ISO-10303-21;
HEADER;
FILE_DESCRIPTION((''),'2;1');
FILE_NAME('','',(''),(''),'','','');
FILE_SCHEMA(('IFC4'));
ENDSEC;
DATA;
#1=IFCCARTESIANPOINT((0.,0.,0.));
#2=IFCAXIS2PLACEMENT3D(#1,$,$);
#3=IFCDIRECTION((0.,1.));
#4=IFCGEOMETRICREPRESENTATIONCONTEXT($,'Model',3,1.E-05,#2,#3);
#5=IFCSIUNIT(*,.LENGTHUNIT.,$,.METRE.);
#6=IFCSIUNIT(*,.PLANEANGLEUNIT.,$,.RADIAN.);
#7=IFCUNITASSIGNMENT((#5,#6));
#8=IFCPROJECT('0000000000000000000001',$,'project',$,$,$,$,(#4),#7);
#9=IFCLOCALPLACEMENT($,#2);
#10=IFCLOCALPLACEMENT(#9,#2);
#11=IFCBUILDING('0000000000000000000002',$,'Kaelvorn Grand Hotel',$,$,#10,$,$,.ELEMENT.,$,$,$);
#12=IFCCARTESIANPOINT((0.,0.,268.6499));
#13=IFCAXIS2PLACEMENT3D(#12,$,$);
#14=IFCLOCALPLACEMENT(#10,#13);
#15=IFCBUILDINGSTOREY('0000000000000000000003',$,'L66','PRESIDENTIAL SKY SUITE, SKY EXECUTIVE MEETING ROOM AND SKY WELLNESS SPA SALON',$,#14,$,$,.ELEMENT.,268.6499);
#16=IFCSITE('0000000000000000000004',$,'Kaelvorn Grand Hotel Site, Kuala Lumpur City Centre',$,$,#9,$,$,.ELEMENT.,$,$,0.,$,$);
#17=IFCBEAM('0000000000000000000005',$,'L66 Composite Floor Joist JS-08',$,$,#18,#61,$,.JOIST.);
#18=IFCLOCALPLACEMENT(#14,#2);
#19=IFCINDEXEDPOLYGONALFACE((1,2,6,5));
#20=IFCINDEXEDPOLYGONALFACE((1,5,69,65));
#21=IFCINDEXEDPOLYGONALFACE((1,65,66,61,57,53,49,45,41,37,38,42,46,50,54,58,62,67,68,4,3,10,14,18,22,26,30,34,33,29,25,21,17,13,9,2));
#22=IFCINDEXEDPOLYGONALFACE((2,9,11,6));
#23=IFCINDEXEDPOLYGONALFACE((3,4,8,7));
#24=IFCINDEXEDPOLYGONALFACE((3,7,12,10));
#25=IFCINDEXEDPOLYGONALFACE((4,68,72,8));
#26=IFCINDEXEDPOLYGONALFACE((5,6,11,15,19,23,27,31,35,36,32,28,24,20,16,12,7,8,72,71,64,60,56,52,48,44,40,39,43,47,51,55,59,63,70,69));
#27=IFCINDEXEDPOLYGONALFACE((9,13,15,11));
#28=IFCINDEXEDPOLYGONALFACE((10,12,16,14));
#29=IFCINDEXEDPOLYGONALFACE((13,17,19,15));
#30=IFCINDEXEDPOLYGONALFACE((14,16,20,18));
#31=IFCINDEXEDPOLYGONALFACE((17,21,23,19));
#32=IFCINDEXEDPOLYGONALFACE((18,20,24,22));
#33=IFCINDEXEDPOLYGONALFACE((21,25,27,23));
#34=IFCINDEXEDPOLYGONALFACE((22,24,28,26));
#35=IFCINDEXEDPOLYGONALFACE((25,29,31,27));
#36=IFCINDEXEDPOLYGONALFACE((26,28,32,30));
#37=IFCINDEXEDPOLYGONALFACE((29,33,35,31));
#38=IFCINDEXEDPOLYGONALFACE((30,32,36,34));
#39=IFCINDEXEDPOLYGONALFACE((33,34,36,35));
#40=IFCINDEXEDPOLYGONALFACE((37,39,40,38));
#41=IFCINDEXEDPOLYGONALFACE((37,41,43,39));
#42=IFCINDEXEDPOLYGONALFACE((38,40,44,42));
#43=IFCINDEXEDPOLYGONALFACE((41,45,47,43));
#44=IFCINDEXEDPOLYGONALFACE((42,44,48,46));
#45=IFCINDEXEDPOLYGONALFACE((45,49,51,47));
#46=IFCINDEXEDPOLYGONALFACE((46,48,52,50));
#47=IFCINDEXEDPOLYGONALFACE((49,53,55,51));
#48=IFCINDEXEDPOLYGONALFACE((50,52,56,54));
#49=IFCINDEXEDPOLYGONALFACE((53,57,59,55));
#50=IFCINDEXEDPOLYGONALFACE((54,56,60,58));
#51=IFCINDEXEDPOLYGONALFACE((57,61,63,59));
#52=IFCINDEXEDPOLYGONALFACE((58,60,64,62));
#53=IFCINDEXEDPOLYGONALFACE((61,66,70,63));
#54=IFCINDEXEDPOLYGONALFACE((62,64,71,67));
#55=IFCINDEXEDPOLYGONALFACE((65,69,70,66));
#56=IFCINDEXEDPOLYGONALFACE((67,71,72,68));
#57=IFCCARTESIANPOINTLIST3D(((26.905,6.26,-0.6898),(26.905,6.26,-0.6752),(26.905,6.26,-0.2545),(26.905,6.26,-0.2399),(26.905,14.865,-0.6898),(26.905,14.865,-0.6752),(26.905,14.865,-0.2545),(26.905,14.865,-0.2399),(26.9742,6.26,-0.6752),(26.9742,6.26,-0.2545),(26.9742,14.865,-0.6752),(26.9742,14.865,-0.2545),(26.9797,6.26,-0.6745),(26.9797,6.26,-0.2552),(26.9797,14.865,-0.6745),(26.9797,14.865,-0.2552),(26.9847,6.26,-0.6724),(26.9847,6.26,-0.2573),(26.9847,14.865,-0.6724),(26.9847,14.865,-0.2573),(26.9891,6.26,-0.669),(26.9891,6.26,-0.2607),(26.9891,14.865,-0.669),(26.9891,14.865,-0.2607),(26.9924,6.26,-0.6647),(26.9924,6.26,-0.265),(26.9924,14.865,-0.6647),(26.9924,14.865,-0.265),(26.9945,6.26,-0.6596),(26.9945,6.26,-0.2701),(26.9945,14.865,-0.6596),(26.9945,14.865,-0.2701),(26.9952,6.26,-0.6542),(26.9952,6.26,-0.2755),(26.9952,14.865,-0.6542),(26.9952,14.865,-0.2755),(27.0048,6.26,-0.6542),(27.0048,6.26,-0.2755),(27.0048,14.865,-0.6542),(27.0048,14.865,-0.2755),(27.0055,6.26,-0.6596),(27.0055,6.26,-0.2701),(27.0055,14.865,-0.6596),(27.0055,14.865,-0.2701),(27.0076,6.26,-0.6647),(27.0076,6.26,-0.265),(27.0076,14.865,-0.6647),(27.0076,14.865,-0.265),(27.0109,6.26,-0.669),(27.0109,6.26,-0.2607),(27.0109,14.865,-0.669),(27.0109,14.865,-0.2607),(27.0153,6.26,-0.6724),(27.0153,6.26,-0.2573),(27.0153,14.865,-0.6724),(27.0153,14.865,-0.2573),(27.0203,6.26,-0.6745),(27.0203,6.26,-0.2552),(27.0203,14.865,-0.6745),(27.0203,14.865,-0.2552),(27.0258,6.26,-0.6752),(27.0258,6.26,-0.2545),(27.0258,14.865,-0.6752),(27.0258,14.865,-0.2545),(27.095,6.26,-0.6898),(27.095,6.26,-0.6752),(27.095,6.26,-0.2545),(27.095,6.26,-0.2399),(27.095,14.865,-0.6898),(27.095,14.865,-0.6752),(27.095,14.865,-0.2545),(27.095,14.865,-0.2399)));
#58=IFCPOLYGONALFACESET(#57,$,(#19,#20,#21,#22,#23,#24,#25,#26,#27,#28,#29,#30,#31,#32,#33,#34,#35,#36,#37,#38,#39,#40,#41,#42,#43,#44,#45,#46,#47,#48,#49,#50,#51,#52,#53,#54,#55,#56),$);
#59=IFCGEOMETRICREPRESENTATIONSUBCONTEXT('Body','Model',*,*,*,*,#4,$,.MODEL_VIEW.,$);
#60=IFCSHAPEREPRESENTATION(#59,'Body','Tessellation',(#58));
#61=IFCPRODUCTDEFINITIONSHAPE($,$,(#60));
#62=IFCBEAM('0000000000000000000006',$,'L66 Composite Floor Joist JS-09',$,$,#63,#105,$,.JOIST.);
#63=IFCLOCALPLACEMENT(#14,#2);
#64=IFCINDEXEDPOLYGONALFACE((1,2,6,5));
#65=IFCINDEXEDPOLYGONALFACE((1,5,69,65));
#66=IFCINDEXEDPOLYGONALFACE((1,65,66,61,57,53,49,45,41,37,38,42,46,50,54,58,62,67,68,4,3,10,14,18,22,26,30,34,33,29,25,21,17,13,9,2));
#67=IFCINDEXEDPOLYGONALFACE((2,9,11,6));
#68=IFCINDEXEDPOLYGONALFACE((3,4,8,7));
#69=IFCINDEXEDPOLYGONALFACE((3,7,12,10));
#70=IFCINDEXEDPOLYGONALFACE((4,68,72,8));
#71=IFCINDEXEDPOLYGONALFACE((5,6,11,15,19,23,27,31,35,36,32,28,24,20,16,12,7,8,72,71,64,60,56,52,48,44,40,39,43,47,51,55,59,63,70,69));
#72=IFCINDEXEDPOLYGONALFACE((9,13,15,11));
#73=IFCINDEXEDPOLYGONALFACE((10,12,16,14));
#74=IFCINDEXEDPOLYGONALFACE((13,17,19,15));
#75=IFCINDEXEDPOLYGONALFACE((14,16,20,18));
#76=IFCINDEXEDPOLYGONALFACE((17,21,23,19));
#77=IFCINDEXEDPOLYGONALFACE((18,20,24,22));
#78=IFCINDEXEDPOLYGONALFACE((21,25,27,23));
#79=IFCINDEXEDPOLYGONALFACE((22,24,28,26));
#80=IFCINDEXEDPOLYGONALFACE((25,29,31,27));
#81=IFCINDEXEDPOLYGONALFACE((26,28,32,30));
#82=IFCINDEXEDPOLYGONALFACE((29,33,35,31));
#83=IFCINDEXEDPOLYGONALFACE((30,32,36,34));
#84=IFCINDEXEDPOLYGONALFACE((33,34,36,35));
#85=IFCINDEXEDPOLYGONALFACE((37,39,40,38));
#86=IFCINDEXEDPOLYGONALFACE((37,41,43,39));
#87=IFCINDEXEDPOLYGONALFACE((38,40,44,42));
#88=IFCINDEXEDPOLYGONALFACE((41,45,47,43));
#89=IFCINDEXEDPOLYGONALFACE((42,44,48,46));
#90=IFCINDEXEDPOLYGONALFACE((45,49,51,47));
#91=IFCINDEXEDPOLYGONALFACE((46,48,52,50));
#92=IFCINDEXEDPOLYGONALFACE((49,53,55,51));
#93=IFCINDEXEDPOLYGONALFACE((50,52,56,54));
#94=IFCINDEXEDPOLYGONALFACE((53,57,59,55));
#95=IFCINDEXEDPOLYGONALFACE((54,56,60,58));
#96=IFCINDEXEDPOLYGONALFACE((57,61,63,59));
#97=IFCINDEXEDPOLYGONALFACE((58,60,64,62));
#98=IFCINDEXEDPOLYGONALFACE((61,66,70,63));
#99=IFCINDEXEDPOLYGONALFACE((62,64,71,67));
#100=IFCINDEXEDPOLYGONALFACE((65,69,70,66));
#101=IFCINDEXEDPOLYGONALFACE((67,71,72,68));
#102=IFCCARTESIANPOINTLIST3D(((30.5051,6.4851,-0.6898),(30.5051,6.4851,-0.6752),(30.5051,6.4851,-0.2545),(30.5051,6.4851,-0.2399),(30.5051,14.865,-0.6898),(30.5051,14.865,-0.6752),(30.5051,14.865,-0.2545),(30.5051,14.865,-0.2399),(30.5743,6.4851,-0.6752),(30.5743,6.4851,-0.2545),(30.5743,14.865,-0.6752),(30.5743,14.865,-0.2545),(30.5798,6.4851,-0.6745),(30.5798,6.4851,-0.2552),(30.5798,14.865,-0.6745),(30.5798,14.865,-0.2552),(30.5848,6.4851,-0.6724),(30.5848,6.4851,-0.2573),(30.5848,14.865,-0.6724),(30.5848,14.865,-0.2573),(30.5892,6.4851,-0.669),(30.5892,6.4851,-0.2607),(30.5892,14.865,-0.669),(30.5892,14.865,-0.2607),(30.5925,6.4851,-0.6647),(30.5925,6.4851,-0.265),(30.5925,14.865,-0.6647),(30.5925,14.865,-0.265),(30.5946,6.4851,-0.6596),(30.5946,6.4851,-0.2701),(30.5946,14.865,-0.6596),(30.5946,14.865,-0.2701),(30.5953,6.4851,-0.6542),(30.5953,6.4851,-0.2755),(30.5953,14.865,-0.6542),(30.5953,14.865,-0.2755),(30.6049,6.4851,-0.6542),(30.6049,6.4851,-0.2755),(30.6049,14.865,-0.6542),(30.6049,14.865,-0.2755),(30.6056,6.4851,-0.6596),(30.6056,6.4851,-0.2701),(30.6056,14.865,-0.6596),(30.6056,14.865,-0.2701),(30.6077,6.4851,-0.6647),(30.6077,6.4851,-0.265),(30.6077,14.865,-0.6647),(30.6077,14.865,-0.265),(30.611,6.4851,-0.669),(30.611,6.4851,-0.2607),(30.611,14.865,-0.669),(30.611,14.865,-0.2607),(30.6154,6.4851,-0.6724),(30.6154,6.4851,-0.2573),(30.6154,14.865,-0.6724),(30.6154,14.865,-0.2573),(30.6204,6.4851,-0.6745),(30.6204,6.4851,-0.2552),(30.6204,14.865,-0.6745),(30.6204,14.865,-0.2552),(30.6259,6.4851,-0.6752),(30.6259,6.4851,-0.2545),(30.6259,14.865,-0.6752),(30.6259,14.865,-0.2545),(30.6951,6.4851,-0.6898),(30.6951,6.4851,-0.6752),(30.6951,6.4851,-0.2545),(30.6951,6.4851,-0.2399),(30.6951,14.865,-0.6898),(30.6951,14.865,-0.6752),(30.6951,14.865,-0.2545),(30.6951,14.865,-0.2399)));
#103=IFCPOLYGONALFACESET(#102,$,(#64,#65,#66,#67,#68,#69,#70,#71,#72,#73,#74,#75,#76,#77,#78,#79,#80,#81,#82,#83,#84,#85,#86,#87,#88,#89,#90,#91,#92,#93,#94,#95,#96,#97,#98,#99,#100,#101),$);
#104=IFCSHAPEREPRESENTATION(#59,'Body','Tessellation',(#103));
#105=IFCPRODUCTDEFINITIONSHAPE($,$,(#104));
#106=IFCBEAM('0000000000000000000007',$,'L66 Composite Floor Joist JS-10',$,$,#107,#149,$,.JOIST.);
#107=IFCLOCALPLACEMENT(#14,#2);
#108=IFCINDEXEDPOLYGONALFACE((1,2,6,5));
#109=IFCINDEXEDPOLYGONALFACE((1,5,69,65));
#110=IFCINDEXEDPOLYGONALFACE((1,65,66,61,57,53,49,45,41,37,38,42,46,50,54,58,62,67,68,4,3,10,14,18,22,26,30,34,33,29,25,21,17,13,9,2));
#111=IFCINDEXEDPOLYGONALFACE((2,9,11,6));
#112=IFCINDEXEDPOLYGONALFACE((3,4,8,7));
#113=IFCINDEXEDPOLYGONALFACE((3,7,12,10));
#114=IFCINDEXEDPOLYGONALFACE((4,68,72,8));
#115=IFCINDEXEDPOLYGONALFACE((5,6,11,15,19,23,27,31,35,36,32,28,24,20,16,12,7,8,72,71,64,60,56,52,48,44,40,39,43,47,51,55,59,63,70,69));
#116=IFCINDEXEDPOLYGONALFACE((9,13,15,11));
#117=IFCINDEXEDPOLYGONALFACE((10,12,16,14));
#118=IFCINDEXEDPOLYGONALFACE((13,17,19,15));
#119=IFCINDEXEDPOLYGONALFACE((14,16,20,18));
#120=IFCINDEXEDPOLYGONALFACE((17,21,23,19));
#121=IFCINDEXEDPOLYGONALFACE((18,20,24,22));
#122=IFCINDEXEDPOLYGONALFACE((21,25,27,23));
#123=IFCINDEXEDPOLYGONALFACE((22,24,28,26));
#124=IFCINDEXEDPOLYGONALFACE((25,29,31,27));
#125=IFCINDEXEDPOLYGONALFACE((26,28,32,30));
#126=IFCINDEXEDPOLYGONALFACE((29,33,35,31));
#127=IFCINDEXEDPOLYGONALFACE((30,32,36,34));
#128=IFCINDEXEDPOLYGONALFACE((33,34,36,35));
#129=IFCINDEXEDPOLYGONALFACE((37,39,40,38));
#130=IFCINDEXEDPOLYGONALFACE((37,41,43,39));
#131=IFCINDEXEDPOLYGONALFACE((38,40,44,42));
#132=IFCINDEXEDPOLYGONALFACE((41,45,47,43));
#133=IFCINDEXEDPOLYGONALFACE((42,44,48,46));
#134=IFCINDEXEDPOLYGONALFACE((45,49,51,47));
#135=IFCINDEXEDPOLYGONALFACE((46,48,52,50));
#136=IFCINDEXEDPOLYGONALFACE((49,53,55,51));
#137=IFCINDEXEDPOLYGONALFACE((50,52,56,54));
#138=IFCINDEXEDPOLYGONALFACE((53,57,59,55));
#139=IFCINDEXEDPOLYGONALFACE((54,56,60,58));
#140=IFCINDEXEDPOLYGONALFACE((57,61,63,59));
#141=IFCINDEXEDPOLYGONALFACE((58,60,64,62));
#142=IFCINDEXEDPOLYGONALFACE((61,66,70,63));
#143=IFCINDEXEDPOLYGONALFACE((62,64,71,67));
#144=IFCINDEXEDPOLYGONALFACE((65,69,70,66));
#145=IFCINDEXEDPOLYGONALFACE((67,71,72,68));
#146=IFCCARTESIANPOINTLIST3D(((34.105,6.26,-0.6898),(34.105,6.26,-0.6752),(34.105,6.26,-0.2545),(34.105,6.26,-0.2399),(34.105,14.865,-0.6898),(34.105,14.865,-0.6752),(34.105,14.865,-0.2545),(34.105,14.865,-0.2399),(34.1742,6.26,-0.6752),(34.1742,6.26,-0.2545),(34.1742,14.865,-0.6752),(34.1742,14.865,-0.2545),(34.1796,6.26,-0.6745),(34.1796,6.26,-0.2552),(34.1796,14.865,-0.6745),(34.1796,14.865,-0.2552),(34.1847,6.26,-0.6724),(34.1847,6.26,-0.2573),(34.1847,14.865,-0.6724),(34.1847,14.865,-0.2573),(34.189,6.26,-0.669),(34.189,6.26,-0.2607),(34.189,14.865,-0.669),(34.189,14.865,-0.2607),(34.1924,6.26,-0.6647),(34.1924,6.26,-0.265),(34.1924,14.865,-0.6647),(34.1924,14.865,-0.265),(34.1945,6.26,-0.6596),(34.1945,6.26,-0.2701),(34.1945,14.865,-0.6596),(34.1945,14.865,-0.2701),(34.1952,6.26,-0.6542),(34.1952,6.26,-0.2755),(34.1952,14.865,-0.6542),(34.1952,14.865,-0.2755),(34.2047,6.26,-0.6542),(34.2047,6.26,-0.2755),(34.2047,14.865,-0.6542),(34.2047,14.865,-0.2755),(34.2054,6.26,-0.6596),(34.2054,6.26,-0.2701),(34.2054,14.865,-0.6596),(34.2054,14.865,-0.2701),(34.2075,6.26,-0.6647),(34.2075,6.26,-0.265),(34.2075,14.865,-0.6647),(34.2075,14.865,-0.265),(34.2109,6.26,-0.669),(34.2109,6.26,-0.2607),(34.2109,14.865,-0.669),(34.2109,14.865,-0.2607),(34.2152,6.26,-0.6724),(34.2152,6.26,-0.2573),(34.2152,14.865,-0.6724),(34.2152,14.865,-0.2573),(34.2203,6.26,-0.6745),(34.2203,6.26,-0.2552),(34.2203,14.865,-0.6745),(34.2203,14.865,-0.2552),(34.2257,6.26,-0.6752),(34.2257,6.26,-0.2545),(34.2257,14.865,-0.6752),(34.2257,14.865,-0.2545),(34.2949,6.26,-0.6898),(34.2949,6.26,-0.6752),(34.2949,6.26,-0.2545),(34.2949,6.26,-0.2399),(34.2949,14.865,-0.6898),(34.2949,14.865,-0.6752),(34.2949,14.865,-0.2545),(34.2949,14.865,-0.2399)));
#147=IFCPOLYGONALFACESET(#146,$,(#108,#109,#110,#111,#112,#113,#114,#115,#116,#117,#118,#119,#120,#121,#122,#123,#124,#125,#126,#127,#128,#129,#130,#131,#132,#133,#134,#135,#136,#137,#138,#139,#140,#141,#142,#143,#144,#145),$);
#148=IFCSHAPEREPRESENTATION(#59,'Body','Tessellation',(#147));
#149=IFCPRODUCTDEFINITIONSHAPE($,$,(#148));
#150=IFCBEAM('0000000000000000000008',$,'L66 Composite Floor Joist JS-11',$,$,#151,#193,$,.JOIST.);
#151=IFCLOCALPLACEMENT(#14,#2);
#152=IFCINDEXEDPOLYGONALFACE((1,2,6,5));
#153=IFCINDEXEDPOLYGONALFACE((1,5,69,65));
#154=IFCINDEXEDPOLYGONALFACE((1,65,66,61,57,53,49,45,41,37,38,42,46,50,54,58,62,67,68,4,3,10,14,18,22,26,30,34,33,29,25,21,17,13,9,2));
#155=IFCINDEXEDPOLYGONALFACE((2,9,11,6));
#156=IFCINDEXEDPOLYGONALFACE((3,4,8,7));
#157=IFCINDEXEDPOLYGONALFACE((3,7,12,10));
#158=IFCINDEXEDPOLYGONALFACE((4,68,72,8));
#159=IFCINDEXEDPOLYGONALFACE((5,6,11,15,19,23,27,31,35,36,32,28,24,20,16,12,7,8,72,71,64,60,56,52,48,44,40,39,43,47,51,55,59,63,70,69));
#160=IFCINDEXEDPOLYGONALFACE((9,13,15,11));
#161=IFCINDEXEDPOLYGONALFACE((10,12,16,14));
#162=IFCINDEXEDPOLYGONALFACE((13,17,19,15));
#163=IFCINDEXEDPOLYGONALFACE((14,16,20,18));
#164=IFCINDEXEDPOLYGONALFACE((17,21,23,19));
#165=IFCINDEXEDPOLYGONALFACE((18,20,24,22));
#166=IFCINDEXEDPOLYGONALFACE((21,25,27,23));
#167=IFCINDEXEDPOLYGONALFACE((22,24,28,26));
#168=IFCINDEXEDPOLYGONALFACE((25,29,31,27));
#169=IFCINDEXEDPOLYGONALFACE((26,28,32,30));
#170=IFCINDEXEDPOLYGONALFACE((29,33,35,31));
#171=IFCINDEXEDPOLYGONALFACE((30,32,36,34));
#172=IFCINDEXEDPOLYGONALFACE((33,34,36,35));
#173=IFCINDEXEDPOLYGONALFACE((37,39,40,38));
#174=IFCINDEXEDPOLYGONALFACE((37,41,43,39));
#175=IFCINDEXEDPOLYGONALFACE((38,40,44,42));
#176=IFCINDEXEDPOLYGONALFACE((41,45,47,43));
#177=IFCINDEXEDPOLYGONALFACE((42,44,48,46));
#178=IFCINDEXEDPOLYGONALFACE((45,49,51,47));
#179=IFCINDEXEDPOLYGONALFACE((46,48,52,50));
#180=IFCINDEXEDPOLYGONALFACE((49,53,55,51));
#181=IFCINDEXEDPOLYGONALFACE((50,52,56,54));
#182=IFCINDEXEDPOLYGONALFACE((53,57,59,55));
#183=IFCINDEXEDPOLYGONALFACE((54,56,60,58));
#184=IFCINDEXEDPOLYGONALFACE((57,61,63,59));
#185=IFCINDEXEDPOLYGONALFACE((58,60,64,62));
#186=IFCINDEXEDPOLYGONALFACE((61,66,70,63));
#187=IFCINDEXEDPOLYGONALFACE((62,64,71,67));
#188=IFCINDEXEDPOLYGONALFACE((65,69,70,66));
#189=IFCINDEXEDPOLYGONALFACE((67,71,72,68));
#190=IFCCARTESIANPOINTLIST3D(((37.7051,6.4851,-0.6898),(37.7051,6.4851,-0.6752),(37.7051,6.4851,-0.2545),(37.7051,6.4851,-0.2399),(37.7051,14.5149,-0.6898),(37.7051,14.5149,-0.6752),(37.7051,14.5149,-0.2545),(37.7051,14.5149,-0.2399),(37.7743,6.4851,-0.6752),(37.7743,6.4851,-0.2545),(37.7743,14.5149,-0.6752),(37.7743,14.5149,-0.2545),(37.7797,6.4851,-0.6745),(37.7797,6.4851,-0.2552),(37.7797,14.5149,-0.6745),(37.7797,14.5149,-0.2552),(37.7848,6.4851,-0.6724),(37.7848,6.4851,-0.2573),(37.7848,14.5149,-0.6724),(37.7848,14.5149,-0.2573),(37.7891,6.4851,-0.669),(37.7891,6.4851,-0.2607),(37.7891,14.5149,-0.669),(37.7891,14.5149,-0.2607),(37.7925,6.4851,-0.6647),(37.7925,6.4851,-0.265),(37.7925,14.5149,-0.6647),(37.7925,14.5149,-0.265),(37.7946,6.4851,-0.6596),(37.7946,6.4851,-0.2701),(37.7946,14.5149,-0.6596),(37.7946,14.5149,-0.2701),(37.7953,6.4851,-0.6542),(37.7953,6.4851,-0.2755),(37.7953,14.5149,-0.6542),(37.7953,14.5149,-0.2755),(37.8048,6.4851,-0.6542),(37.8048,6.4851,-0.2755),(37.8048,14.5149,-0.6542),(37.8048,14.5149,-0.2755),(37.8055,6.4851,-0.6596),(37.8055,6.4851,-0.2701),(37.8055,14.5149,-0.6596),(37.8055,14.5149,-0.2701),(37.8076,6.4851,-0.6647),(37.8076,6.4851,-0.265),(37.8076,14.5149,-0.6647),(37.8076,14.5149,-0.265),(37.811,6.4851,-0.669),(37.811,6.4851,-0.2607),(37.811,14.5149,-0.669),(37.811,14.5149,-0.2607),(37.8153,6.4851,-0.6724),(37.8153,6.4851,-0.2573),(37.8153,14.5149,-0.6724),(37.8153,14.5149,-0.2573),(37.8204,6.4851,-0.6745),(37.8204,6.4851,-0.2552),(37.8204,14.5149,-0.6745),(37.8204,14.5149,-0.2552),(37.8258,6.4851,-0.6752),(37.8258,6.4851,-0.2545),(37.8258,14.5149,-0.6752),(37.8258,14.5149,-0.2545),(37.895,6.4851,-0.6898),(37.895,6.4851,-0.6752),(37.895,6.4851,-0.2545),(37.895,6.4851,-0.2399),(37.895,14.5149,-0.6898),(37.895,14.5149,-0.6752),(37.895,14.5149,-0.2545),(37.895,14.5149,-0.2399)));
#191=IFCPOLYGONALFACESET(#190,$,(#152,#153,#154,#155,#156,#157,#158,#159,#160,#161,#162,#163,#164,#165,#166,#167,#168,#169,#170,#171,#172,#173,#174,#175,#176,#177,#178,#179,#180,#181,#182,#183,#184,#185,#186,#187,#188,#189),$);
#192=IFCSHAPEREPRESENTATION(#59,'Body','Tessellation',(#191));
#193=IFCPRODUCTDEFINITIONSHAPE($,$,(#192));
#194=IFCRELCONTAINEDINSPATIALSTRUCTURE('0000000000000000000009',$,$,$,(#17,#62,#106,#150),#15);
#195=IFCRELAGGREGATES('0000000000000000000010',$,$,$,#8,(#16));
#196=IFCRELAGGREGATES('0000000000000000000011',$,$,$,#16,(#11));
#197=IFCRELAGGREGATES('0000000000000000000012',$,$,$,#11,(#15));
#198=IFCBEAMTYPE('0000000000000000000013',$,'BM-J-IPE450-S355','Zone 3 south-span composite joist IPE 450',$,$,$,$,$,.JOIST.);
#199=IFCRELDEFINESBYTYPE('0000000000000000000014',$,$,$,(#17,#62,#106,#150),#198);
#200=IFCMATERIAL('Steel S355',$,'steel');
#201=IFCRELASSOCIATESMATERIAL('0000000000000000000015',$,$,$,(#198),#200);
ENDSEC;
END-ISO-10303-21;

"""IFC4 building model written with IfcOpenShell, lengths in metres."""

from ifc_helpers import new_model, si_unit, direction, frame, origin, origin_2d, place, context, subcontext, project, spatial, i_section, extrude, material, material_profile, profile_set, type_object, element, save


model = new_model("IFC4")

# Units and contexts
model_context = context("Model", 3, precision=1e-05, world=origin(), true_north=direction((0.0, 1.0)))
body_context = subcontext(model_context, "Body", "Model", "MODEL_VIEW")
ifc_project = project(units=[si_unit("LENGTHUNIT", "METRE"), si_unit("PLANEANGLEUNIT", "RADIAN")], contexts=[model_context])

# Site, building, storey
site_placement = place(None, origin())
site = spatial("IfcSite", under=ifc_project, at=site_placement, Name="Kaelvorn Grand Hotel Site, Kuala Lumpur City Centre", CompositionType="ELEMENT", RefElevation=0.0)
building_placement = place(site_placement, origin())
building = spatial("IfcBuilding", under=site, at=building_placement, Name="Kaelvorn Grand Hotel", CompositionType="ELEMENT")
storey_placement = place(building_placement, frame((0.0, 0.0, 268.6499)))
storey = spatial("IfcBuildingStorey", under=building, at=storey_placement, Name="L66", Description="PRESIDENTIAL SKY SUITE, SKY EXECUTIVE MEETING ROOM AND SKY WELLNESS SPA SALON", CompositionType="ELEMENT", Elevation=268.6499)

# Beams
ifc_material_1 = material(Name="Steel S355", Category="steel")
ifc_material_profile_1 = material_profile(ifc_material_1, i_section(OverallWidth=0.1899, OverallDepth=0.45, WebThickness=0.0095, FlangeThickness=0.0146, FilletRadius=0.021, at=origin_2d()), Name="IPE 450")
ifc_profile_set_1 = profile_set([ifc_material_profile_1], Name="Steel S355")
beam_type_1 = type_object("IfcBeamType", Name="BM-J-IPE450-S355", Description="Zone 3 south-span composite joist IPE 450", PredefinedType="JOIST", material=ifc_profile_set_1)
beam_1_placement = place(storey_placement, frame((27.0, 6.26, -0.4648), z_axis=(0.0, 1.0, 0.0), x_axis=(-1.0, 0.0, 0.0)))
element("IfcBeam", 1, at=beam_1_placement, inside=storey, type_object=beam_type_1, Name="L66 Composite Floor Joist JS-08", PredefinedType="JOIST", context=body_context, shape_type="SweptSolid", body=[
    extrude(i_section(OverallWidth=0.1899, OverallDepth=0.45, WebThickness=0.0095, FlangeThickness=0.0146, FilletRadius=0.021, at=origin_2d()), origin(), (0.0, 0.0, 1.0), 8.605),
])
beam_2_placement = place(storey_placement, frame((30.6001, 6.4851, -0.4648), z_axis=(0.0, 1.0, 0.0), x_axis=(-1.0, 0.0, 0.0)))
element("IfcBeam", 2, at=beam_2_placement, inside=storey, type_object=beam_type_1, Name="L66 Composite Floor Joist JS-09", PredefinedType="JOIST", context=body_context, shape_type="SweptSolid", body=[
    extrude(i_section(OverallWidth=0.1899, OverallDepth=0.45, WebThickness=0.0095, FlangeThickness=0.0146, FilletRadius=0.021, at=origin_2d()), origin(), (0.0, 0.0, 1.0), 8.3799),
])
beam_3_placement = place(storey_placement, frame((34.2, 6.26, -0.4648), z_axis=(0.0, 1.0, 0.0), x_axis=(-1.0, 0.0, 0.0)))
element("IfcBeam", 3, at=beam_3_placement, inside=storey, type_object=beam_type_1, Name="L66 Composite Floor Joist JS-10", PredefinedType="JOIST", context=body_context, shape_type="SweptSolid", body=[
    extrude(i_section(OverallWidth=0.1899, OverallDepth=0.45, WebThickness=0.0095, FlangeThickness=0.0146, FilletRadius=0.021, at=origin_2d()), origin(), (0.0, 0.0, 1.0), 8.605),
])
beam_4_placement = place(storey_placement, frame((37.8, 6.4851, -0.4648), z_axis=(0.0, 1.0, 0.0), x_axis=(-1.0, 0.0, 0.0)))
element("IfcBeam", 4, at=beam_4_placement, inside=storey, type_object=beam_type_1, Name="L66 Composite Floor Joist JS-11", PredefinedType="JOIST", context=body_context, shape_type="SweptSolid", body=[
    extrude(i_section(OverallWidth=0.1899, OverallDepth=0.45, WebThickness=0.0095, FlangeThickness=0.0146, FilletRadius=0.021, at=origin_2d()), origin(), (0.0, 0.0, 1.0), 8.0298),
])

save(model, "model.ifc")
